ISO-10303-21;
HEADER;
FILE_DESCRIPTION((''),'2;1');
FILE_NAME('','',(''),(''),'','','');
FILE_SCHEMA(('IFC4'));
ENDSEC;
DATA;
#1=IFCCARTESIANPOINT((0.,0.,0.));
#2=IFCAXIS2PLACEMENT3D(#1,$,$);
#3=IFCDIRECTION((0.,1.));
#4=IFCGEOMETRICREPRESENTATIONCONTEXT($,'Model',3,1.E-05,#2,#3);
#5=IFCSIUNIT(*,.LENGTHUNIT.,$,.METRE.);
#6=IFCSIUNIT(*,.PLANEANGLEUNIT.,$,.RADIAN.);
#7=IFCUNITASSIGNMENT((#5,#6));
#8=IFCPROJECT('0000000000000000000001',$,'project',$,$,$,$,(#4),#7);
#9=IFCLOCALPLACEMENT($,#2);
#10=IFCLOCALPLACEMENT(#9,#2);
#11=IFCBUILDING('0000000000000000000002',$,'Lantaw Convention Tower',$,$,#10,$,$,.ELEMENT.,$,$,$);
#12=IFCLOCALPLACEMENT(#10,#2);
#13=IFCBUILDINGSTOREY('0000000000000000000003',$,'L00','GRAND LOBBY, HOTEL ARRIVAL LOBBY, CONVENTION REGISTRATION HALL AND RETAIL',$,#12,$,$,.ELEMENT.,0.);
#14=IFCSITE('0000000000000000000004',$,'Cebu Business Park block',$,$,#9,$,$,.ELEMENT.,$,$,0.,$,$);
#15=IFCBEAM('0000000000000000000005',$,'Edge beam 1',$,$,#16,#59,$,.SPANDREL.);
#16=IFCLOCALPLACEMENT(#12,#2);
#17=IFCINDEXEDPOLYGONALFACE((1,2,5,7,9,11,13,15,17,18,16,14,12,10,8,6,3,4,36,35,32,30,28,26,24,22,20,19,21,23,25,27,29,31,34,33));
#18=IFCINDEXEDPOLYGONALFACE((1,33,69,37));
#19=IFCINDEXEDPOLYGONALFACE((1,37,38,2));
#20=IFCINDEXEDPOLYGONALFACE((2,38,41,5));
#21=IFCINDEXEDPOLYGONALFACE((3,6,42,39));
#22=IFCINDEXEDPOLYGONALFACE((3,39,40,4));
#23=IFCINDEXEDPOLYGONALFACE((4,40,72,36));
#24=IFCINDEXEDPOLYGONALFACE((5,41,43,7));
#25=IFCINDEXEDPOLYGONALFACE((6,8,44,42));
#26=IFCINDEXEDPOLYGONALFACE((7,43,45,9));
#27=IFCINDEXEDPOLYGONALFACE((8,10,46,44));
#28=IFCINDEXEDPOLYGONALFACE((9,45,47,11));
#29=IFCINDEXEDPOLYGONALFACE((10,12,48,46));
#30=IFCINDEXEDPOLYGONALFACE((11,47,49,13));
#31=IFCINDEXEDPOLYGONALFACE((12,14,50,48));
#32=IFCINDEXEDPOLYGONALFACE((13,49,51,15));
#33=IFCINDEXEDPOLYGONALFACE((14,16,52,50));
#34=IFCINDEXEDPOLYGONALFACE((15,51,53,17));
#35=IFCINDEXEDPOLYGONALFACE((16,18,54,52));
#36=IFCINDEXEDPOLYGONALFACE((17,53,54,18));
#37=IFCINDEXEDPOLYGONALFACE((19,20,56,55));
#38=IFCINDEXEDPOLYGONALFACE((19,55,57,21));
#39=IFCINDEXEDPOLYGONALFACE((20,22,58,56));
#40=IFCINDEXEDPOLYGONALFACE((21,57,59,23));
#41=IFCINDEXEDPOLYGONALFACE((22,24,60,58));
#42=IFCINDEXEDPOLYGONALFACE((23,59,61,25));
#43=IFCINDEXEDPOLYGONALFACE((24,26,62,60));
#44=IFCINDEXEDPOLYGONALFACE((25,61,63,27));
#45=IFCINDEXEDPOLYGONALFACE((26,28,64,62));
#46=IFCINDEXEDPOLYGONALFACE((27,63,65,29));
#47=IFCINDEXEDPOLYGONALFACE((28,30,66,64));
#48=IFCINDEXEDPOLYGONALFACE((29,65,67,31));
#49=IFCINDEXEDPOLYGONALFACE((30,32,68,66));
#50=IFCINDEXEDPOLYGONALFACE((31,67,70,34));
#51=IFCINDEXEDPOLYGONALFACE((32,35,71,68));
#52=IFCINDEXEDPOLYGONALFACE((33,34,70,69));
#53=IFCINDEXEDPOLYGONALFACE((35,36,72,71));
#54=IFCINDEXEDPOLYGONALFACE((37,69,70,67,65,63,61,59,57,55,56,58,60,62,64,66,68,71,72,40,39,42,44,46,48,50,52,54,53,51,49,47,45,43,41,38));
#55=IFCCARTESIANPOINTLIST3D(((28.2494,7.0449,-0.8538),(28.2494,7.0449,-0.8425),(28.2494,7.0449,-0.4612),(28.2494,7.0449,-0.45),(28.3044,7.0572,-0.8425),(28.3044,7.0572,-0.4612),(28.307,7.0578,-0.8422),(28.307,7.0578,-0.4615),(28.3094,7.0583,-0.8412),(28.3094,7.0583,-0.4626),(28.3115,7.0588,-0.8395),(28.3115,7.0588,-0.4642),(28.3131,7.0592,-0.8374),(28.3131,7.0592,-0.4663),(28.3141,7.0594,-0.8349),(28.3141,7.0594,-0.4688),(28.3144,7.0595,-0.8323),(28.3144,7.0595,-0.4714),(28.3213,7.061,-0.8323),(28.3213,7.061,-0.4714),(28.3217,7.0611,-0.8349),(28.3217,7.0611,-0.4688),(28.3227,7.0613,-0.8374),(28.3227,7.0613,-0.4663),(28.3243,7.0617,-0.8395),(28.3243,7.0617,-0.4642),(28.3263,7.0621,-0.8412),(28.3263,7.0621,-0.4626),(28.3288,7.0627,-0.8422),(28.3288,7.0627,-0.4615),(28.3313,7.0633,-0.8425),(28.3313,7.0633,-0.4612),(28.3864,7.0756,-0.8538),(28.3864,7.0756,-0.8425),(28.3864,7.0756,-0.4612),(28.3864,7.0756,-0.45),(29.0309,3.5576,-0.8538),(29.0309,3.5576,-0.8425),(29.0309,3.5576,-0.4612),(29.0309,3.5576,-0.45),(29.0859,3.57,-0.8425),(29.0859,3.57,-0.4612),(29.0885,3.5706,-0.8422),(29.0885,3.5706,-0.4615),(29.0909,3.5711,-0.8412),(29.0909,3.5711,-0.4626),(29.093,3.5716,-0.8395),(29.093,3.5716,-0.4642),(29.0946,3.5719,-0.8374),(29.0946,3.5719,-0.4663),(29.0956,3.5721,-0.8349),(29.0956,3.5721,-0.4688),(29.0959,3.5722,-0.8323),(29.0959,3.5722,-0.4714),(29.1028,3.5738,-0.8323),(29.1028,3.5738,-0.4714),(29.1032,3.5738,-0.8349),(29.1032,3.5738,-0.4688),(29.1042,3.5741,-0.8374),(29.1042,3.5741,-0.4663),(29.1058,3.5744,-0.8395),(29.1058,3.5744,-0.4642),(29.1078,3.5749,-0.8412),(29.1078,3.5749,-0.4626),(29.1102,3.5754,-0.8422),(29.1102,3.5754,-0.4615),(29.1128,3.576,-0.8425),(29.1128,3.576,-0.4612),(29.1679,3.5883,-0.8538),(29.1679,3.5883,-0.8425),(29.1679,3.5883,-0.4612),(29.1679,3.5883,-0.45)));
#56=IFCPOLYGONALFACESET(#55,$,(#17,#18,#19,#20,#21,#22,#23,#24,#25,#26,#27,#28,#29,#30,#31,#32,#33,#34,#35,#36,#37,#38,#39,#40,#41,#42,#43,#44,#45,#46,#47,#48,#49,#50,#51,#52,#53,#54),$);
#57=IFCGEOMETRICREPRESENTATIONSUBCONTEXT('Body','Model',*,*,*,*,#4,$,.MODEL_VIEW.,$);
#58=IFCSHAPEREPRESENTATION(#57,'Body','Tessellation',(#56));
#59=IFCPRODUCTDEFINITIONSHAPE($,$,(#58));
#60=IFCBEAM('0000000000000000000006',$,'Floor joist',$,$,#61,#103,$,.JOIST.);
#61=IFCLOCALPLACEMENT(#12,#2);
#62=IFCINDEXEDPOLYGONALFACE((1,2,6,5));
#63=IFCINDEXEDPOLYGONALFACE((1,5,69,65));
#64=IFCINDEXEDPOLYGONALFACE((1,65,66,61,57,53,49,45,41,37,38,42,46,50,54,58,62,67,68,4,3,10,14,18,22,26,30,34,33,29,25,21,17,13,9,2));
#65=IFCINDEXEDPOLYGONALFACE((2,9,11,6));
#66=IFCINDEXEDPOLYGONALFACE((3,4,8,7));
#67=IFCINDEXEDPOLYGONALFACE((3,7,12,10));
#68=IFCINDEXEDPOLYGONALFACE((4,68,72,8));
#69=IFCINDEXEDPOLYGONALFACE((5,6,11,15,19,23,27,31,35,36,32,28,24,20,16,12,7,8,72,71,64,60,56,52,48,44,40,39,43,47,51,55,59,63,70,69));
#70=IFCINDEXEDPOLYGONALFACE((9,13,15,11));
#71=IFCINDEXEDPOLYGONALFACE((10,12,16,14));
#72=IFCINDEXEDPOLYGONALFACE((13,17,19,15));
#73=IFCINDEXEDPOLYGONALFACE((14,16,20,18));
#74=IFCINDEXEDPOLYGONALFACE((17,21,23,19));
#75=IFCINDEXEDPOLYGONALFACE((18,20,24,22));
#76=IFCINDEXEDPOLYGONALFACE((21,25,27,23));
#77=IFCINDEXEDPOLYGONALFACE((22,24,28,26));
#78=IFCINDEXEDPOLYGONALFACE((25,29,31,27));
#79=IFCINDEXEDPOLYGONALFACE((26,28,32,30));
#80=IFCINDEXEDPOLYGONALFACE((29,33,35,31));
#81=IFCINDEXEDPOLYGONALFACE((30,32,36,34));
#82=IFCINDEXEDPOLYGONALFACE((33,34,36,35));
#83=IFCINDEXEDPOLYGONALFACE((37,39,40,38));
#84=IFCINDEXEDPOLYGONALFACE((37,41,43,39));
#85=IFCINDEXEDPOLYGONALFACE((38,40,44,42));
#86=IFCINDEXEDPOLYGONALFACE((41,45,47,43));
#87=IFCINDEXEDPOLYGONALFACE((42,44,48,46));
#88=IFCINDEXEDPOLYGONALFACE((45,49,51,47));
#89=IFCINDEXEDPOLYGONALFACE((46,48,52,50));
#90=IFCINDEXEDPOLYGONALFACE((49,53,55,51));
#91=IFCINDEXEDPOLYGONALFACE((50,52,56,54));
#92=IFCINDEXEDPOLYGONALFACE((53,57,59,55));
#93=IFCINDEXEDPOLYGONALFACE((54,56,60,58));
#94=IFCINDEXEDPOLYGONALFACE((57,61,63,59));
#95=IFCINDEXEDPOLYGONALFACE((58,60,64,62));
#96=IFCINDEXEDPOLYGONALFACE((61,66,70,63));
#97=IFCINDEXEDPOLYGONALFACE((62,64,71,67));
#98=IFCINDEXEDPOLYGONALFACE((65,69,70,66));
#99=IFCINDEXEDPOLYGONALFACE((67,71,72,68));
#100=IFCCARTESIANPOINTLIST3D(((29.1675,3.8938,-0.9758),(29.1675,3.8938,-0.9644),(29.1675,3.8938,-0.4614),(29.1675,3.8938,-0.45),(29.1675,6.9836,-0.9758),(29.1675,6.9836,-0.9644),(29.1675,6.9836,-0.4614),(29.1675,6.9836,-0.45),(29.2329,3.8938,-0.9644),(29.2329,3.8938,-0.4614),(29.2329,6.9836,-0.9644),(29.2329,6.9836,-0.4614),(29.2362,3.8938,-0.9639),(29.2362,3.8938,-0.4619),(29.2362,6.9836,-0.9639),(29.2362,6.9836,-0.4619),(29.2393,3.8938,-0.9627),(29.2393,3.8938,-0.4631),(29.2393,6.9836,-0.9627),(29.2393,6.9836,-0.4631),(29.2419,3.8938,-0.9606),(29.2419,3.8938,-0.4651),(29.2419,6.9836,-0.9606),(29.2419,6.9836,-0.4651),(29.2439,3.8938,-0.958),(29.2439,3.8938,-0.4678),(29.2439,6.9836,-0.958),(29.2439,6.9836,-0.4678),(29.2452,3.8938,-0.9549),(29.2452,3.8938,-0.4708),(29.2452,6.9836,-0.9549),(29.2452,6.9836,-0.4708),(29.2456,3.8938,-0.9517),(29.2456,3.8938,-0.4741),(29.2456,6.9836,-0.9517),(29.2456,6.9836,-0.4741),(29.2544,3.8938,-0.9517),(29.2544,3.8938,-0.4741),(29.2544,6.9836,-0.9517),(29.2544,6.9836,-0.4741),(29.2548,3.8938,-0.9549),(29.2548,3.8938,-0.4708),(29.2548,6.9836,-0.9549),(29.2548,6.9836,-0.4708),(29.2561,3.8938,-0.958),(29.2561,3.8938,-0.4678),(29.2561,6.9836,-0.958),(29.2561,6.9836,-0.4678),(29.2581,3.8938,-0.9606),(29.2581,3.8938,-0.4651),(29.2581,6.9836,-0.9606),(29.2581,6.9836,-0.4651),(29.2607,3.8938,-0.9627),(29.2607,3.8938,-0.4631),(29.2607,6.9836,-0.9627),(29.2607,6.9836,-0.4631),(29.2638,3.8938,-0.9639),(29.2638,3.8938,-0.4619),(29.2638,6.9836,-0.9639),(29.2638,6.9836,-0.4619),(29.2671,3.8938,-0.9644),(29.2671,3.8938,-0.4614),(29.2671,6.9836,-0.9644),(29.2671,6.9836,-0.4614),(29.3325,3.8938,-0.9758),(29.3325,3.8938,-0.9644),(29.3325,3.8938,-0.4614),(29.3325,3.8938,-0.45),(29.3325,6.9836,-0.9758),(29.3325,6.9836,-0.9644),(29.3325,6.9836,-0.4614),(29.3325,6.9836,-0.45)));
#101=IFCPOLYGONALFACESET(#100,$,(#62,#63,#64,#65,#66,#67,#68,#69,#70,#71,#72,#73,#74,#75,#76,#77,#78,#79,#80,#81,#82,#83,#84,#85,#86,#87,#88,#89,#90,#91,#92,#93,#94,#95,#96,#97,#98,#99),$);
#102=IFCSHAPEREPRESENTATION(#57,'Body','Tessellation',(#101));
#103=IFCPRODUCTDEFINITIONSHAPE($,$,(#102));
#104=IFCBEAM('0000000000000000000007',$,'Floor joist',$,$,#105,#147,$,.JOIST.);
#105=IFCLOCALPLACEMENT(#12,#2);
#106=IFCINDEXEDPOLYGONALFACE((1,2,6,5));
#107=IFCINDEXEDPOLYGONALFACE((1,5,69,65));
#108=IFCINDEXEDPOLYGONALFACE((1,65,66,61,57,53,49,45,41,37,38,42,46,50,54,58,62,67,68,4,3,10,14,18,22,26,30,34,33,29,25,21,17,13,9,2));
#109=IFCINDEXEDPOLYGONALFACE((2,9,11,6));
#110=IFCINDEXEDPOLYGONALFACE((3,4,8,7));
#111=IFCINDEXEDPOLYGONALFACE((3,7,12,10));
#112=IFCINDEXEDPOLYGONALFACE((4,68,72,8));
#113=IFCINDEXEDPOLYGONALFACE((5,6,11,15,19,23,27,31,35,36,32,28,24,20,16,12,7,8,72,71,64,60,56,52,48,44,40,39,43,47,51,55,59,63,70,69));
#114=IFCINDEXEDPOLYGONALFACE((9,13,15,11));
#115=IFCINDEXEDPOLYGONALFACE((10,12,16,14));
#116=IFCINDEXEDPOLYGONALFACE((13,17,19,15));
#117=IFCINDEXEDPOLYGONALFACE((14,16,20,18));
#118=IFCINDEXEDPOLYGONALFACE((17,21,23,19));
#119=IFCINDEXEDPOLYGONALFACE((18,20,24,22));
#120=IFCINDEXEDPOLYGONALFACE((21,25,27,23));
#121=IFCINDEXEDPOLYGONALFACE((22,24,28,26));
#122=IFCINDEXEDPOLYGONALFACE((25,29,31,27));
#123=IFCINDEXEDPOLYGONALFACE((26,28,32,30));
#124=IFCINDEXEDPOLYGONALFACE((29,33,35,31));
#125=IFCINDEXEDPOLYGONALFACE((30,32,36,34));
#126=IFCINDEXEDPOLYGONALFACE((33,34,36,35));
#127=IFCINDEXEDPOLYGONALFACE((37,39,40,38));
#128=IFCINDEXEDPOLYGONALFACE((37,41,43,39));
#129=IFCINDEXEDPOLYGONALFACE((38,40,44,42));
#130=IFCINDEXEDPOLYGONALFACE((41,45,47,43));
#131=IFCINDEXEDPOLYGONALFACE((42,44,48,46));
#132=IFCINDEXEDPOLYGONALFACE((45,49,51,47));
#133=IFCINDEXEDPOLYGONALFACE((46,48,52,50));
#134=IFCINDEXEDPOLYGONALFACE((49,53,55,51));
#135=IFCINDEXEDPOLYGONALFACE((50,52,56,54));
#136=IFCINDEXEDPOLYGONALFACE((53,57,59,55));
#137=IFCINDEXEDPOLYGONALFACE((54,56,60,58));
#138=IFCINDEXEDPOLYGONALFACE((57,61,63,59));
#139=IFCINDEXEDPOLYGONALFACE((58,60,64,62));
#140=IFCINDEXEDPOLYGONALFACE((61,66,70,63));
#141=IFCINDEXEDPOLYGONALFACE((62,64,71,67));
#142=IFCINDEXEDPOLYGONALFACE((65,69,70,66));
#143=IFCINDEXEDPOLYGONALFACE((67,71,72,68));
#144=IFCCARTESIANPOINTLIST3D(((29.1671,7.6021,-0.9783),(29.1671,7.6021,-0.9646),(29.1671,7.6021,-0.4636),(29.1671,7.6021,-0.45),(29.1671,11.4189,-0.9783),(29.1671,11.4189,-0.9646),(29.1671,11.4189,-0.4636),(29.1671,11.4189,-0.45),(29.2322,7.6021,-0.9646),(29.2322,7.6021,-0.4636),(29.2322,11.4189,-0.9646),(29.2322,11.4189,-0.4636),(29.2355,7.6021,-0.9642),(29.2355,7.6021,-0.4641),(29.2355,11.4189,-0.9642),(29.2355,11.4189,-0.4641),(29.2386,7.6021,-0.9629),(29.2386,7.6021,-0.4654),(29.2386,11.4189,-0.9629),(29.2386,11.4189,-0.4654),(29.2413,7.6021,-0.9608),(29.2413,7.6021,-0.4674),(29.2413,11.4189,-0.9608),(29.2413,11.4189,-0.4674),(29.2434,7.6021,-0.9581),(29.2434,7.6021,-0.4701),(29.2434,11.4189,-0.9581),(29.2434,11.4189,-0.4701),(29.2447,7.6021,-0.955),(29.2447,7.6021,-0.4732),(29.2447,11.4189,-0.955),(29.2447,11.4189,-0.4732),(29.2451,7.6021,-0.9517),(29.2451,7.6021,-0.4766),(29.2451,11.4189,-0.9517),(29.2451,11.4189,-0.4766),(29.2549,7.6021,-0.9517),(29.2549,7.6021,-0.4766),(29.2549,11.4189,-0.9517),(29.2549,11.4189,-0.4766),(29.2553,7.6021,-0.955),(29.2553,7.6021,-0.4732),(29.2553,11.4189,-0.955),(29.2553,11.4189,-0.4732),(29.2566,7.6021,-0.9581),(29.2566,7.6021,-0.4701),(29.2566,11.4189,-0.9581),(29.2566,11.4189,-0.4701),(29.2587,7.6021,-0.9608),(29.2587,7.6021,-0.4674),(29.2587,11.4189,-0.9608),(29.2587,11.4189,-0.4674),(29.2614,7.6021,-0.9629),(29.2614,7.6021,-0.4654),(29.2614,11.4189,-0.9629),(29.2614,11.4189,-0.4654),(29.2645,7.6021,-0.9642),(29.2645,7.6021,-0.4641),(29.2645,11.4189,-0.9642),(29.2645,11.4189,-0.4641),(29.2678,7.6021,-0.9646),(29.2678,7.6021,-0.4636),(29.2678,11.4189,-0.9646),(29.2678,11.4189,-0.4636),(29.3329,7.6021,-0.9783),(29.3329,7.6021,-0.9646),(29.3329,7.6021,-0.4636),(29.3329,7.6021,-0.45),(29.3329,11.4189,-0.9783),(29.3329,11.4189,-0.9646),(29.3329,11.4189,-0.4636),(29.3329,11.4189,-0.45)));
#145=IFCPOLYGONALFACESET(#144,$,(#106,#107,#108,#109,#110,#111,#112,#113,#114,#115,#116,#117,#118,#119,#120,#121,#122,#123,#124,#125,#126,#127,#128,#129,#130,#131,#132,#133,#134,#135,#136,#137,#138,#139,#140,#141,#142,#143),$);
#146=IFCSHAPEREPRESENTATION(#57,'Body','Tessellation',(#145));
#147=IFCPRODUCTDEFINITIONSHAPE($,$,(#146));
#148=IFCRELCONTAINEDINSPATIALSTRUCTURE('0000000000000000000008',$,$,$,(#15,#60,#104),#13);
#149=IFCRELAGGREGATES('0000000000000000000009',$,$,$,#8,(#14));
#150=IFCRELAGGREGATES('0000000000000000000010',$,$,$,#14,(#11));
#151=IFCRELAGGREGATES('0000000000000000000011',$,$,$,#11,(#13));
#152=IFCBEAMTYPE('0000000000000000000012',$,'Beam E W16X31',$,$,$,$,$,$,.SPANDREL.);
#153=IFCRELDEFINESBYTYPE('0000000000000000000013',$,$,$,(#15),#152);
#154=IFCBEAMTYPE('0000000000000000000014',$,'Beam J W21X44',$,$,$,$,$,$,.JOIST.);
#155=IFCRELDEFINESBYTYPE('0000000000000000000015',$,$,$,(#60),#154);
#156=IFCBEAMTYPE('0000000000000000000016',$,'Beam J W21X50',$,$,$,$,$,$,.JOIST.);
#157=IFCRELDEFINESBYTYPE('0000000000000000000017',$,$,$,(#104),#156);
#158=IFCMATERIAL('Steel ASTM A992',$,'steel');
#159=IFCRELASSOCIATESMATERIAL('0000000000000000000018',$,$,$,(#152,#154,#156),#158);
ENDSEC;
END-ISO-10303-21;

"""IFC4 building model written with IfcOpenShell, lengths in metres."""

from ifc_helpers import new_model, si_unit, direction, frame, origin, origin_2d, place, context, subcontext, project, spatial, i_section, extrude, material, material_profile, profile_set, type_object, element, save


model = new_model("IFC4")

# Units and contexts
model_context = context("Model", 3, precision=1e-05, world=origin(), true_north=direction((0.0, 1.0)))
body_context = subcontext(model_context, "Body", "Model", "MODEL_VIEW")
ifc_project = project(units=[si_unit("LENGTHUNIT", "METRE"), si_unit("PLANEANGLEUNIT", "RADIAN")], contexts=[model_context])

# Site, building, storey
site_placement = place(None, origin())
site = spatial("IfcSite", under=ifc_project, at=site_placement, Name="Cebu Business Park block", CompositionType="ELEMENT", RefElevation=0.0)
building_placement = place(site_placement, origin())
building = spatial("IfcBuilding", under=site, at=building_placement, Name="Lantaw Convention Tower", CompositionType="ELEMENT")
storey_placement = place(building_placement, origin())
storey = spatial("IfcBuildingStorey", under=building, at=storey_placement, Name="L00", Description="GRAND LOBBY, HOTEL ARRIVAL LOBBY, CONVENTION REGISTRATION HALL AND RETAIL", CompositionType="ELEMENT", Elevation=0.0)

# Beams
ifc_material_1 = material(Name="Steel ASTM A992", Category="steel")
ifc_material_profile_1 = material_profile(ifc_material_1, i_section(OverallWidth=0.1404, OverallDepth=0.4038, WebThickness=0.0071, FlangeThickness=0.0112, FilletRadius=0.0103, at=origin_2d()), Name="W16X31")
ifc_profile_set_1 = profile_set([ifc_material_profile_1], Name="Steel ASTM A992")
beam_type_1 = type_object("IfcBeamType", Name="Beam E W16X31", PredefinedType="SPANDREL", material=ifc_profile_set_1)
beam_1_placement = place(storey_placement, frame((29.0994, 3.573, -0.6519), z_axis=(-0.218673, 0.975798, 0.0), x_axis=(-0.975798, -0.218673, 0.0)))
element("IfcBeam", 1, at=beam_1_placement, inside=storey, type_object=beam_type_1, Name="Edge beam 1", PredefinedType="SPANDREL", context=body_context, shape_type="SweptSolid", body=[
    extrude(i_section(OverallWidth=0.1404, OverallDepth=0.4038, WebThickness=0.0071, FlangeThickness=0.0112, FilletRadius=0.0103, at=origin_2d()), origin(), (0.0, 0.0, 1.0), 3.5737),
])
ifc_material_profile_2 = material_profile(ifc_material_1, i_section(OverallWidth=0.165, OverallDepth=0.5259, WebThickness=0.0088, FlangeThickness=0.0115, FilletRadius=0.0127, at=origin_2d()), Name="W21X44")
ifc_profile_set_2 = profile_set([ifc_material_profile_2], Name="Steel ASTM A992")
beam_type_2 = type_object("IfcBeamType", Name="Beam J W21X44", PredefinedType="JOIST", material=ifc_profile_set_2)
beam_2_placement = place(storey_placement, frame((29.25, 3.8938, -0.7129), z_axis=(0.0, 1.0, 0.0), x_axis=(-1.0, 0.0, 0.0)))
element("IfcBeam", 2, at=beam_2_placement, inside=storey, type_object=beam_type_2, Name="Floor joist", PredefinedType="JOIST", context=body_context, shape_type="SweptSolid", body=[
    extrude(i_section(OverallWidth=0.165, OverallDepth=0.5259, WebThickness=0.0088, FlangeThickness=0.0115, FilletRadius=0.0127, at=origin_2d()), origin(), (0.0, 0.0, 1.0), 3.0898),
])
ifc_material_profile_3 = material_profile(ifc_material_1, i_section(OverallWidth=0.1658, OverallDepth=0.5283, WebThickness=0.0098, FlangeThickness=0.0137, FilletRadius=0.0129, at=origin_2d()), Name="W21X50")
ifc_profile_set_3 = profile_set([ifc_material_profile_3], Name="Steel ASTM A992")
beam_type_3 = type_object("IfcBeamType", Name="Beam J W21X50", PredefinedType="JOIST", material=ifc_profile_set_3)
beam_3_placement = place(storey_placement, frame((29.25, 7.6021, -0.7141), z_axis=(0.0, 1.0, 0.0), x_axis=(-1.0, 0.0, 0.0)))
element("IfcBeam", 3, at=beam_3_placement, inside=storey, type_object=beam_type_3, Name="Floor joist", PredefinedType="JOIST", context=body_context, shape_type="SweptSolid", body=[
    extrude(i_section(OverallWidth=0.1658, OverallDepth=0.5283, WebThickness=0.0098, FlangeThickness=0.0137, FilletRadius=0.0129, at=origin_2d()), origin(), (0.0, 0.0, 1.0), 3.8169),
])

save(model, "model.ifc")
